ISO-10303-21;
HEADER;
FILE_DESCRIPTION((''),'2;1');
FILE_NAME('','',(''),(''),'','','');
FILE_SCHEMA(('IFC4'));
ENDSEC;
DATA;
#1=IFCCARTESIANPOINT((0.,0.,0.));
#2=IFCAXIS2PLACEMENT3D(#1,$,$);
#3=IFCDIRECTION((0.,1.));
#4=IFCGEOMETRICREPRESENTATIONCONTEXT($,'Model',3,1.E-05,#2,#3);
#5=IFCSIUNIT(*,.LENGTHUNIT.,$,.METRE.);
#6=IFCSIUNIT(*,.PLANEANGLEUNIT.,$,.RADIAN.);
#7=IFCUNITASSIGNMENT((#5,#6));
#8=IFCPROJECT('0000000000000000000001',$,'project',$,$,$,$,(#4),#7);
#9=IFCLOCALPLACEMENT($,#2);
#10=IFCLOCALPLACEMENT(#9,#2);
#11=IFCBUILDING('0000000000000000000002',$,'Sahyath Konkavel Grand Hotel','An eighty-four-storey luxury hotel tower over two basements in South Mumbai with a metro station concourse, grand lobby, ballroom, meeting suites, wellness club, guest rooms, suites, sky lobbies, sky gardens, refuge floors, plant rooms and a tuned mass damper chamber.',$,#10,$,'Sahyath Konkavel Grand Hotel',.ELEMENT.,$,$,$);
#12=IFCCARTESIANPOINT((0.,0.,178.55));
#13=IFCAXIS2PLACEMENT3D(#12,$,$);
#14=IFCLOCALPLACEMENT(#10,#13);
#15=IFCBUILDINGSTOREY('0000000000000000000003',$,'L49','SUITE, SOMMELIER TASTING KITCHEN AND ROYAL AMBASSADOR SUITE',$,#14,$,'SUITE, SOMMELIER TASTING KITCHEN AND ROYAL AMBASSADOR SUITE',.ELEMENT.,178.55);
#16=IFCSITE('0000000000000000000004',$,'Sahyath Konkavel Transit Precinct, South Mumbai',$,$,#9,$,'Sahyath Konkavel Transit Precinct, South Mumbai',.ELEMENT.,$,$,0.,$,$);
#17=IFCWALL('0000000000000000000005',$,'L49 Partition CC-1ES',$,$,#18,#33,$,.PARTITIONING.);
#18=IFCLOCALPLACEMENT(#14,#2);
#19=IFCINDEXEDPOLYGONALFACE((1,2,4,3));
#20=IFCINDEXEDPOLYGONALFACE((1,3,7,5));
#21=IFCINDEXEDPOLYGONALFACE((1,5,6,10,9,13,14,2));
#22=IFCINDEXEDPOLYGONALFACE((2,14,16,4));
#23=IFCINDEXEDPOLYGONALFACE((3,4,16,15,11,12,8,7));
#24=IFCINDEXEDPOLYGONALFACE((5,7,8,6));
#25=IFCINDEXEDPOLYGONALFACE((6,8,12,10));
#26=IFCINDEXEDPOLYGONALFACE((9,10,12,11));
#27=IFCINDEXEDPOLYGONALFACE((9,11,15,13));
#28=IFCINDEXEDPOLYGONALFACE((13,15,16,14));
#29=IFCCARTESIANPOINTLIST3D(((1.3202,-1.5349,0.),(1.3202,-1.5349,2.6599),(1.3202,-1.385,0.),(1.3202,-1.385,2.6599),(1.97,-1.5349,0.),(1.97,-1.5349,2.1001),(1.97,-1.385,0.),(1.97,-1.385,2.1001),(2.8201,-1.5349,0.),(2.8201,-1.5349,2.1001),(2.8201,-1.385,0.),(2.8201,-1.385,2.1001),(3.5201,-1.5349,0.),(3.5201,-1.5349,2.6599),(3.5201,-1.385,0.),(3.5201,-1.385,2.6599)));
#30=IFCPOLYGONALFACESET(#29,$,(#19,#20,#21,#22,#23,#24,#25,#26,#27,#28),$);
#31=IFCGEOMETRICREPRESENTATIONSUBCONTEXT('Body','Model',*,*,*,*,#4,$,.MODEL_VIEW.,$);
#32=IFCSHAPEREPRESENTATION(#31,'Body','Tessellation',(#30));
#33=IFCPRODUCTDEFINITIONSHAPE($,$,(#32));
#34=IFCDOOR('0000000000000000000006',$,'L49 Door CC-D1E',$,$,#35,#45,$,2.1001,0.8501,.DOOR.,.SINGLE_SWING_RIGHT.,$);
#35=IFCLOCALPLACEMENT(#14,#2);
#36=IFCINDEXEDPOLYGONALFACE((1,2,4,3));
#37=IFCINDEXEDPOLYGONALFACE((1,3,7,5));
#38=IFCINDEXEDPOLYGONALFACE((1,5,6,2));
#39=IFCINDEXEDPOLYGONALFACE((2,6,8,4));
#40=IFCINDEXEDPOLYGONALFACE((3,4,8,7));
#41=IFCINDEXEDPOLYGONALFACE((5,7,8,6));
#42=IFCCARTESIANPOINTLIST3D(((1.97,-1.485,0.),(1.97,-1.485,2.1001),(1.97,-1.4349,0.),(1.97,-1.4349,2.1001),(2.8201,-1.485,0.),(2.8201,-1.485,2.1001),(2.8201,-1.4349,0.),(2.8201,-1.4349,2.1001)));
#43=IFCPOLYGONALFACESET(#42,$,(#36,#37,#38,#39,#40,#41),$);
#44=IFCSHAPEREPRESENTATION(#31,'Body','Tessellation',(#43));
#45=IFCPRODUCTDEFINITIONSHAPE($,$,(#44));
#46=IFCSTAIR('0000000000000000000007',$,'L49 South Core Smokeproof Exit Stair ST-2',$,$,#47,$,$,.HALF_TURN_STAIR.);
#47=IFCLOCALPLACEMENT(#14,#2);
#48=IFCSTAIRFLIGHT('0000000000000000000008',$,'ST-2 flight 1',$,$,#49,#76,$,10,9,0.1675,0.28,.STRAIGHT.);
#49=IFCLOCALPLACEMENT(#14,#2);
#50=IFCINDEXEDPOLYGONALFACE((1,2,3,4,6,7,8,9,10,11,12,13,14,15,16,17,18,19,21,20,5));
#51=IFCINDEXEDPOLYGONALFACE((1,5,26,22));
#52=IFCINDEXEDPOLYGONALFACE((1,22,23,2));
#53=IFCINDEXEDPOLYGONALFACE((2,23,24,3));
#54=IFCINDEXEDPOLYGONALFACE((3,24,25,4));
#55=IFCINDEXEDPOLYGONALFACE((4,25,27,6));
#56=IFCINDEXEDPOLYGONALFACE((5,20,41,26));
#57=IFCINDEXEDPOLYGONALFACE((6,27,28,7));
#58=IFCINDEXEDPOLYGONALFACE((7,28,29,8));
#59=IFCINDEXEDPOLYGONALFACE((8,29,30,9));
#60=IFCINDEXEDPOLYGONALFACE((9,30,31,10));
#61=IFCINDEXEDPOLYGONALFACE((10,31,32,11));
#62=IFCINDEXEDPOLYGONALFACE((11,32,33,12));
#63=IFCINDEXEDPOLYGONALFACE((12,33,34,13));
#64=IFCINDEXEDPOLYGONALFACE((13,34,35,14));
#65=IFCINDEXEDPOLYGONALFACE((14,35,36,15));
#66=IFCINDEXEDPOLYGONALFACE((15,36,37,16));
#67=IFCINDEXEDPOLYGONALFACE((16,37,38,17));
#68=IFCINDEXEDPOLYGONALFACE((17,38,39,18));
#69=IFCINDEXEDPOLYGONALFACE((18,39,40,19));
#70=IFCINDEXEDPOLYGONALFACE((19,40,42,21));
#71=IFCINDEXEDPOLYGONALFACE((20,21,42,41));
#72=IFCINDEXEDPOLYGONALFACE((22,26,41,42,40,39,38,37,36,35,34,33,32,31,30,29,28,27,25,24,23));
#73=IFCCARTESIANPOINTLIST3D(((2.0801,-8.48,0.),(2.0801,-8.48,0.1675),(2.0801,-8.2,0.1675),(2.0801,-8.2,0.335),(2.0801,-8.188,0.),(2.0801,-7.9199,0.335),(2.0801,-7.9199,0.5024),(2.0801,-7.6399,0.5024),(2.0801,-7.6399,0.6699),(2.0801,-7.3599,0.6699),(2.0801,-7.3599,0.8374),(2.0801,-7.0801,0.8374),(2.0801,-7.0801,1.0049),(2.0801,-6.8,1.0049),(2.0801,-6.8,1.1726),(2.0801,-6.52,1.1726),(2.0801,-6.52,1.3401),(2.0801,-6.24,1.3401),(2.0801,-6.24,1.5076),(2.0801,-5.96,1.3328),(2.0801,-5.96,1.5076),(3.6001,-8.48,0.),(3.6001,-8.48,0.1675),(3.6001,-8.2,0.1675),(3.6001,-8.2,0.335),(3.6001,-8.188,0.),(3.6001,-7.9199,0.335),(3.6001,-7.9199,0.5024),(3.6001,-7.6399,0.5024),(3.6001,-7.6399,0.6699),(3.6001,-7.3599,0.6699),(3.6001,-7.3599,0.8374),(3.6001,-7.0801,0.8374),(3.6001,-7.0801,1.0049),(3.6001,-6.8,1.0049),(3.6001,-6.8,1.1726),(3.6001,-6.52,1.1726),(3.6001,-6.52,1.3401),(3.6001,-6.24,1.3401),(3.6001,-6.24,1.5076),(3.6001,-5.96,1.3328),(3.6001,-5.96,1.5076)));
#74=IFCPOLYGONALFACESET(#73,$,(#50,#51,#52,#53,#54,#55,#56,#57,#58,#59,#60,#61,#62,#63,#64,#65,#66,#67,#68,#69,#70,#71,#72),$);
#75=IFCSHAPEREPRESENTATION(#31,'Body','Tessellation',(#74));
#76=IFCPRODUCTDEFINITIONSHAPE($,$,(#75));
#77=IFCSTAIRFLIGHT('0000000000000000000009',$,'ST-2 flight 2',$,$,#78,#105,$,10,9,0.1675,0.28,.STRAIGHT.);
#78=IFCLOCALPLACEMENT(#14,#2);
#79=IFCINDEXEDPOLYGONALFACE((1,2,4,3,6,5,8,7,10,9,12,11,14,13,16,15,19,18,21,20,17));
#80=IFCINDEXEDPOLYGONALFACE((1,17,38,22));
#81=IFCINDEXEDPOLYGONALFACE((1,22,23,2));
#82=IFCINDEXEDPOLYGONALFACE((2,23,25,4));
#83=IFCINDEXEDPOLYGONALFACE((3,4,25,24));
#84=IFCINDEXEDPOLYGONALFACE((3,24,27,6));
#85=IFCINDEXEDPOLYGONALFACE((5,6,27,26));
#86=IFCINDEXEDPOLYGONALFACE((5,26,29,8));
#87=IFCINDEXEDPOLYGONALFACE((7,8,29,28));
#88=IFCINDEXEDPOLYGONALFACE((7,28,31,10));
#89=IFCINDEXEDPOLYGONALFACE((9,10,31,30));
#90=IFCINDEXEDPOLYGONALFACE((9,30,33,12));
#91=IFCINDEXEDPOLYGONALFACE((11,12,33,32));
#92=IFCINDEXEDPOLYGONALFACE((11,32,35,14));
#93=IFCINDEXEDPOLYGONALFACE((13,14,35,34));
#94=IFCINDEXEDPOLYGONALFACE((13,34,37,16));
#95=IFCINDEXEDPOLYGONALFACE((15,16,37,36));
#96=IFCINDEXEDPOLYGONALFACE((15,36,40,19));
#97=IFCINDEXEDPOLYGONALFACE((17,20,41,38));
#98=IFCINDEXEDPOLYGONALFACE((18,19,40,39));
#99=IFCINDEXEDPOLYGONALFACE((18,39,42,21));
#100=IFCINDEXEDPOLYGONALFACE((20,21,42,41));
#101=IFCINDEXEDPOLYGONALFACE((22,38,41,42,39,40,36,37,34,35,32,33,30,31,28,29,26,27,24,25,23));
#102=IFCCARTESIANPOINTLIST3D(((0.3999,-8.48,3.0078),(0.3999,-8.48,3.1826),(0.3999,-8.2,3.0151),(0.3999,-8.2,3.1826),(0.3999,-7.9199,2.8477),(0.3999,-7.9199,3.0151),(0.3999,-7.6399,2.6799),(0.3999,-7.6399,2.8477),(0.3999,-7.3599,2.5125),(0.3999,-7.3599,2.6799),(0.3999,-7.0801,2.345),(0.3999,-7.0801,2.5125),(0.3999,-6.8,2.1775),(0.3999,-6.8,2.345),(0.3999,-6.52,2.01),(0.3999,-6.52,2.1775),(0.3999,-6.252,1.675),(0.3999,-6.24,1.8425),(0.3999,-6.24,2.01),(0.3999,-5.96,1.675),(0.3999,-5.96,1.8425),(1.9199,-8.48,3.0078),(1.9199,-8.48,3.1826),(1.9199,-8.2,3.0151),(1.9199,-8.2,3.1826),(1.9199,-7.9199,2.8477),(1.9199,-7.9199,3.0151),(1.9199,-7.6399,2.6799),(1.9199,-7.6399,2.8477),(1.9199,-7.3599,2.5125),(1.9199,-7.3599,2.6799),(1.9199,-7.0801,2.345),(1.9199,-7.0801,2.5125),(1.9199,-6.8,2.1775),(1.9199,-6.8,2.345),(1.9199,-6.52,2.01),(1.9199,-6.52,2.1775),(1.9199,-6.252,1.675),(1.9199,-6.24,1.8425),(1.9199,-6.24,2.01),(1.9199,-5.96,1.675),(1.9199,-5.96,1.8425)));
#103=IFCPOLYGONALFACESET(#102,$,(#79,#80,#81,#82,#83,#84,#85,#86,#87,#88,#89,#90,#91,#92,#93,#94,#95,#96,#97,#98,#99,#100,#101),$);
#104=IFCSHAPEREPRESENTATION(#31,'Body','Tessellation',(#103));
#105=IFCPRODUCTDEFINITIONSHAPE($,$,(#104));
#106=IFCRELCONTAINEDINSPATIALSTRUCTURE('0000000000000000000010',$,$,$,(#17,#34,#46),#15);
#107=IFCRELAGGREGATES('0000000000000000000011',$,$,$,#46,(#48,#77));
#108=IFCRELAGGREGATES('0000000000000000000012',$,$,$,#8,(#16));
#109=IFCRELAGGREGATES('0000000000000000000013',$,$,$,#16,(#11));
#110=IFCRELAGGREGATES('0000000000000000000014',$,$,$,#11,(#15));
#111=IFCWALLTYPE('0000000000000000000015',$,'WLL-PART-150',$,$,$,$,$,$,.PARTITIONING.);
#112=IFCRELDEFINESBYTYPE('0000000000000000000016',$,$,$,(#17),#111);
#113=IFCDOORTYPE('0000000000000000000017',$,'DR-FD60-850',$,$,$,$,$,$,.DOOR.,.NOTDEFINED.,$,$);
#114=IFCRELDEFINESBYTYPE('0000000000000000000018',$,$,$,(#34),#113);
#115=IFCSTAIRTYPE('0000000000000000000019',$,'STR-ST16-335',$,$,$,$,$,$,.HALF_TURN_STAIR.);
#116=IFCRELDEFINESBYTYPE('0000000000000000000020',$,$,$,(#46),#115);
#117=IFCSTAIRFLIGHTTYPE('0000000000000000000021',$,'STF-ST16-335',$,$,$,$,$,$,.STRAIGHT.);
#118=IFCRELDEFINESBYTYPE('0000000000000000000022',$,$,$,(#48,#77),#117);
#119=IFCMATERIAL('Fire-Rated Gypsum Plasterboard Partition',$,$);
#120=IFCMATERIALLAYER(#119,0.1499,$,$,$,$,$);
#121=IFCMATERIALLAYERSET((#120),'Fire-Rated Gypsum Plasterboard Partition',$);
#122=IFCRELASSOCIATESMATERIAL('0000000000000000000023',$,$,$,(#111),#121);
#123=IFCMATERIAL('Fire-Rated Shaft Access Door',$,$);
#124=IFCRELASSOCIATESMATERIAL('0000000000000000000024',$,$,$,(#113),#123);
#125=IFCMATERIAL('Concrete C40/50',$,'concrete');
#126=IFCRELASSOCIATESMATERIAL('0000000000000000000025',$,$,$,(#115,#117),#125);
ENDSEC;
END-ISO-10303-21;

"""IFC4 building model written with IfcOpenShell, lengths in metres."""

from ifc_helpers import new_model, si_unit, direction, frame, frame_2d, origin, origin_2d, place, context, subcontext, project, spatial, polyline, rectangle, outline, extrude, source, transform, mapped, material, layer, layer_set, type_object, element, fill, aggregate, save


model = new_model("IFC4")

# Units and contexts
model_context = context("Model", 3, precision=1e-05, world=origin(), true_north=direction((0.0, 1.0)))
body_context = subcontext(model_context, "Body", "Model", "MODEL_VIEW")
ifc_project = project(units=[si_unit("LENGTHUNIT", "METRE"), si_unit("PLANEANGLEUNIT", "RADIAN")], contexts=[model_context])

# Site, building, storey
site_placement = place(None, origin())
site = spatial("IfcSite", under=ifc_project, at=site_placement, Name="Sahyath Konkavel Transit Precinct, South Mumbai", LongName="Sahyath Konkavel Transit Precinct, South Mumbai", CompositionType="ELEMENT", RefElevation=0.0)
building_placement = place(site_placement, origin())
building = spatial("IfcBuilding", under=site, at=building_placement, Name="Sahyath Konkavel Grand Hotel", Description="An eighty-four-storey luxury hotel tower over two basements in South Mumbai with a metro station concourse, grand lobby, ballroom, meeting suites, wellness club, guest rooms, suites, sky lobbies, sky gardens, refuge floors, plant rooms and a tuned mass damper chamber.", LongName="Sahyath Konkavel Grand Hotel", CompositionType="ELEMENT")
storey_placement = place(building_placement, frame((0.0, 0.0, 178.55)))
storey = spatial("IfcBuildingStorey", under=building, at=storey_placement, Name="L49", Description="SUITE, SOMMELIER TASTING KITCHEN AND ROYAL AMBASSADOR SUITE", LongName="SUITE, SOMMELIER TASTING KITCHEN AND ROYAL AMBASSADOR SUITE", CompositionType="ELEMENT", Elevation=178.55)

# Shared definitions
ifc_material_1 = material(Name="Concrete C40/50", Category="concrete")

# Shared definitions
ifc_material_2 = material(Name="Fire-Rated Gypsum Plasterboard Partition")
ifc_layer_1 = layer(ifc_material_2, 0.1499)
ifc_layer_set_1 = layer_set([ifc_layer_1], Name="Fire-Rated Gypsum Plasterboard Partition")
wall_type_1 = type_object("IfcWallType", Name="WLL-PART-150", PredefinedType="PARTITIONING", material=ifc_layer_set_1)

# Wall, opening, door
wall_1_placement = place(storey_placement, frame((1.3201, -1.46, 0.0), z_axis=(0.0, 0.0, 1.0), x_axis=(1.0, 0.0, 0.0)))
wall_1 = element("IfcWall", 1, at=wall_1_placement, inside=storey, type_object=wall_type_1, Name="L49 Partition CC-1ES", PredefinedType="PARTITIONING", context=body_context, shape_type="SweptSolid", body=[
    extrude(rectangle(XDim=2.2, YDim=0.1499, at=frame_2d((1.1001, 0.0))), origin(), (0.0, 0.0, 1.0), 2.6599),
])
opening_1_placement = place(wall_1_placement, frame((0.6499, 0.0, 0.0)))
opening_1 = element("IfcOpeningElement", 2, at=opening_1_placement, cuts=wall_1, PredefinedType="OPENING", context=body_context, shape_type="SweptSolid", body=[
    extrude(rectangle(XDim=0.8501, YDim=2.1001, at=frame_2d((0.425, 1.05))), frame((0.0, 0.085, 0.0), z_axis=(0.0, -1.0, 0.0), x_axis=(1.0, 0.0, 0.0)), (0.0, 0.0, 1.0), 0.1699),
])
ifc_material_3 = material(Name="Fire-Rated Shaft Access Door")
door_type_1 = type_object("IfcDoorType", Name="DR-FD60-850", OperationType="NOTDEFINED", PredefinedType="DOOR", material=ifc_material_3)
shared_shape_1 = source(origin(), body_context, "Body", "SweptSolid", [
    extrude(rectangle(XDim=0.8501, YDim=0.05, at=origin_2d()), origin(), (0.0, 0.0, 1.0), 2.1001),
])
door_1_placement = place(opening_1_placement, frame((0.425, 0.0, 0.0)))
door_1 = element("IfcDoor", 3, at=door_1_placement, inside=storey, type_object=door_type_1, Name="L49 Door CC-D1E", OperationType="SINGLE_SWING_RIGHT", OverallHeight=2.1001, OverallWidth=0.8501, PredefinedType="DOOR", context=body_context, shape_type="MappedRepresentation", body=[
    mapped(shared_shape_1, transform((0.0, 0.0, 0.0), scale=1.0)),
])
fill(opening_1, door_1)

# Stair, stair flights
stair_type = type_object("IfcStairType", Name="STR-ST16-335", PredefinedType="HALF_TURN_STAIR", material=ifc_material_1)
stair_placement = place(storey_placement, origin())
stair = element("IfcStair", 4, at=stair_placement, inside=storey, type_object=stair_type, Name="L49 South Core Smokeproof Exit Stair ST-2", PredefinedType="HALF_TURN_STAIR")
stair_flight_type = type_object("IfcStairFlightType", Name="STF-ST16-335", PredefinedType="STRAIGHT", material=ifc_material_1)
stair_flight_1_placement = place(storey_placement, frame((2.8401, -8.48, 0.0), z_axis=(0.0, 0.0, 1.0), x_axis=(0.0, 1.0, 0.0)))
stair_flight_1 = element("IfcStairFlight", 5, at=stair_flight_1_placement, type_object=stair_flight_type, Name="ST-2 flight 1", NumberOfRisers=10, NumberOfTreads=9, PredefinedType="STRAIGHT", RiserHeight=0.1675, TreadLength=0.28, context=body_context, shape_type="SweptSolid", body=[
    extrude(outline(polyline([(0.0, 0.0), (0.0, 0.1675), (0.28, 0.1675), (0.28, 0.335), (0.5601, 0.335), (0.5601, 0.5024), (0.8401, 0.5024), (0.8401, 0.6699), (1.1201, 0.6699), (1.1201, 0.8374), (1.3999, 0.8374), (1.3999, 1.0049), (1.6799, 1.0049), (1.6799, 1.1726), (1.96, 1.1726), (1.96, 1.3401), (2.24, 1.3401), (2.24, 1.5076), (2.52, 1.5076), (2.52, 1.675), (2.52, 1.3328), (0.292, 0.0), (0.0, 0.0)])), frame((0.0, 0.76, 0.0), z_axis=(0.0, -1.0, 0.0), x_axis=(1.0, 0.0, 0.0)), (0.0, 0.0, 1.0), 1.52),
])
stair_flight_2_placement = place(storey_placement, frame((1.1599, -5.96, 1.675), z_axis=(0.0, 0.0, 1.0), x_axis=(0.0, -1.0, 0.0)))
stair_flight_2 = element("IfcStairFlight", 6, at=stair_flight_2_placement, type_object=stair_flight_type, Name="ST-2 flight 2", NumberOfRisers=10, NumberOfTreads=9, PredefinedType="STRAIGHT", RiserHeight=0.1675, TreadLength=0.28, context=body_context, shape_type="SweptSolid", body=[
    extrude(outline(polyline([(0.0, 0.0), (0.0, 0.1675), (0.28, 0.1675), (0.28, 0.335), (0.5601, 0.335), (0.5601, 0.5024), (0.8401, 0.5024), (0.8401, 0.6699), (1.1201, 0.6699), (1.1201, 0.8374), (1.3999, 0.8374), (1.3999, 1.0049), (1.6799, 1.0049), (1.6799, 1.1726), (1.96, 1.1726), (1.96, 1.3401), (2.24, 1.3401), (2.24, 1.5076), (2.52, 1.5076), (2.52, 1.675), (2.52, 1.3328), (0.292, 0.0), (0.0, 0.0)])), frame((0.0, 0.76, 0.0), z_axis=(0.0, -1.0, 0.0), x_axis=(1.0, 0.0, 0.0)), (0.0, 0.0, 1.0), 1.52),
])
aggregate(stair, [stair_flight_1, stair_flight_2])

save(model, "model.ifc")
